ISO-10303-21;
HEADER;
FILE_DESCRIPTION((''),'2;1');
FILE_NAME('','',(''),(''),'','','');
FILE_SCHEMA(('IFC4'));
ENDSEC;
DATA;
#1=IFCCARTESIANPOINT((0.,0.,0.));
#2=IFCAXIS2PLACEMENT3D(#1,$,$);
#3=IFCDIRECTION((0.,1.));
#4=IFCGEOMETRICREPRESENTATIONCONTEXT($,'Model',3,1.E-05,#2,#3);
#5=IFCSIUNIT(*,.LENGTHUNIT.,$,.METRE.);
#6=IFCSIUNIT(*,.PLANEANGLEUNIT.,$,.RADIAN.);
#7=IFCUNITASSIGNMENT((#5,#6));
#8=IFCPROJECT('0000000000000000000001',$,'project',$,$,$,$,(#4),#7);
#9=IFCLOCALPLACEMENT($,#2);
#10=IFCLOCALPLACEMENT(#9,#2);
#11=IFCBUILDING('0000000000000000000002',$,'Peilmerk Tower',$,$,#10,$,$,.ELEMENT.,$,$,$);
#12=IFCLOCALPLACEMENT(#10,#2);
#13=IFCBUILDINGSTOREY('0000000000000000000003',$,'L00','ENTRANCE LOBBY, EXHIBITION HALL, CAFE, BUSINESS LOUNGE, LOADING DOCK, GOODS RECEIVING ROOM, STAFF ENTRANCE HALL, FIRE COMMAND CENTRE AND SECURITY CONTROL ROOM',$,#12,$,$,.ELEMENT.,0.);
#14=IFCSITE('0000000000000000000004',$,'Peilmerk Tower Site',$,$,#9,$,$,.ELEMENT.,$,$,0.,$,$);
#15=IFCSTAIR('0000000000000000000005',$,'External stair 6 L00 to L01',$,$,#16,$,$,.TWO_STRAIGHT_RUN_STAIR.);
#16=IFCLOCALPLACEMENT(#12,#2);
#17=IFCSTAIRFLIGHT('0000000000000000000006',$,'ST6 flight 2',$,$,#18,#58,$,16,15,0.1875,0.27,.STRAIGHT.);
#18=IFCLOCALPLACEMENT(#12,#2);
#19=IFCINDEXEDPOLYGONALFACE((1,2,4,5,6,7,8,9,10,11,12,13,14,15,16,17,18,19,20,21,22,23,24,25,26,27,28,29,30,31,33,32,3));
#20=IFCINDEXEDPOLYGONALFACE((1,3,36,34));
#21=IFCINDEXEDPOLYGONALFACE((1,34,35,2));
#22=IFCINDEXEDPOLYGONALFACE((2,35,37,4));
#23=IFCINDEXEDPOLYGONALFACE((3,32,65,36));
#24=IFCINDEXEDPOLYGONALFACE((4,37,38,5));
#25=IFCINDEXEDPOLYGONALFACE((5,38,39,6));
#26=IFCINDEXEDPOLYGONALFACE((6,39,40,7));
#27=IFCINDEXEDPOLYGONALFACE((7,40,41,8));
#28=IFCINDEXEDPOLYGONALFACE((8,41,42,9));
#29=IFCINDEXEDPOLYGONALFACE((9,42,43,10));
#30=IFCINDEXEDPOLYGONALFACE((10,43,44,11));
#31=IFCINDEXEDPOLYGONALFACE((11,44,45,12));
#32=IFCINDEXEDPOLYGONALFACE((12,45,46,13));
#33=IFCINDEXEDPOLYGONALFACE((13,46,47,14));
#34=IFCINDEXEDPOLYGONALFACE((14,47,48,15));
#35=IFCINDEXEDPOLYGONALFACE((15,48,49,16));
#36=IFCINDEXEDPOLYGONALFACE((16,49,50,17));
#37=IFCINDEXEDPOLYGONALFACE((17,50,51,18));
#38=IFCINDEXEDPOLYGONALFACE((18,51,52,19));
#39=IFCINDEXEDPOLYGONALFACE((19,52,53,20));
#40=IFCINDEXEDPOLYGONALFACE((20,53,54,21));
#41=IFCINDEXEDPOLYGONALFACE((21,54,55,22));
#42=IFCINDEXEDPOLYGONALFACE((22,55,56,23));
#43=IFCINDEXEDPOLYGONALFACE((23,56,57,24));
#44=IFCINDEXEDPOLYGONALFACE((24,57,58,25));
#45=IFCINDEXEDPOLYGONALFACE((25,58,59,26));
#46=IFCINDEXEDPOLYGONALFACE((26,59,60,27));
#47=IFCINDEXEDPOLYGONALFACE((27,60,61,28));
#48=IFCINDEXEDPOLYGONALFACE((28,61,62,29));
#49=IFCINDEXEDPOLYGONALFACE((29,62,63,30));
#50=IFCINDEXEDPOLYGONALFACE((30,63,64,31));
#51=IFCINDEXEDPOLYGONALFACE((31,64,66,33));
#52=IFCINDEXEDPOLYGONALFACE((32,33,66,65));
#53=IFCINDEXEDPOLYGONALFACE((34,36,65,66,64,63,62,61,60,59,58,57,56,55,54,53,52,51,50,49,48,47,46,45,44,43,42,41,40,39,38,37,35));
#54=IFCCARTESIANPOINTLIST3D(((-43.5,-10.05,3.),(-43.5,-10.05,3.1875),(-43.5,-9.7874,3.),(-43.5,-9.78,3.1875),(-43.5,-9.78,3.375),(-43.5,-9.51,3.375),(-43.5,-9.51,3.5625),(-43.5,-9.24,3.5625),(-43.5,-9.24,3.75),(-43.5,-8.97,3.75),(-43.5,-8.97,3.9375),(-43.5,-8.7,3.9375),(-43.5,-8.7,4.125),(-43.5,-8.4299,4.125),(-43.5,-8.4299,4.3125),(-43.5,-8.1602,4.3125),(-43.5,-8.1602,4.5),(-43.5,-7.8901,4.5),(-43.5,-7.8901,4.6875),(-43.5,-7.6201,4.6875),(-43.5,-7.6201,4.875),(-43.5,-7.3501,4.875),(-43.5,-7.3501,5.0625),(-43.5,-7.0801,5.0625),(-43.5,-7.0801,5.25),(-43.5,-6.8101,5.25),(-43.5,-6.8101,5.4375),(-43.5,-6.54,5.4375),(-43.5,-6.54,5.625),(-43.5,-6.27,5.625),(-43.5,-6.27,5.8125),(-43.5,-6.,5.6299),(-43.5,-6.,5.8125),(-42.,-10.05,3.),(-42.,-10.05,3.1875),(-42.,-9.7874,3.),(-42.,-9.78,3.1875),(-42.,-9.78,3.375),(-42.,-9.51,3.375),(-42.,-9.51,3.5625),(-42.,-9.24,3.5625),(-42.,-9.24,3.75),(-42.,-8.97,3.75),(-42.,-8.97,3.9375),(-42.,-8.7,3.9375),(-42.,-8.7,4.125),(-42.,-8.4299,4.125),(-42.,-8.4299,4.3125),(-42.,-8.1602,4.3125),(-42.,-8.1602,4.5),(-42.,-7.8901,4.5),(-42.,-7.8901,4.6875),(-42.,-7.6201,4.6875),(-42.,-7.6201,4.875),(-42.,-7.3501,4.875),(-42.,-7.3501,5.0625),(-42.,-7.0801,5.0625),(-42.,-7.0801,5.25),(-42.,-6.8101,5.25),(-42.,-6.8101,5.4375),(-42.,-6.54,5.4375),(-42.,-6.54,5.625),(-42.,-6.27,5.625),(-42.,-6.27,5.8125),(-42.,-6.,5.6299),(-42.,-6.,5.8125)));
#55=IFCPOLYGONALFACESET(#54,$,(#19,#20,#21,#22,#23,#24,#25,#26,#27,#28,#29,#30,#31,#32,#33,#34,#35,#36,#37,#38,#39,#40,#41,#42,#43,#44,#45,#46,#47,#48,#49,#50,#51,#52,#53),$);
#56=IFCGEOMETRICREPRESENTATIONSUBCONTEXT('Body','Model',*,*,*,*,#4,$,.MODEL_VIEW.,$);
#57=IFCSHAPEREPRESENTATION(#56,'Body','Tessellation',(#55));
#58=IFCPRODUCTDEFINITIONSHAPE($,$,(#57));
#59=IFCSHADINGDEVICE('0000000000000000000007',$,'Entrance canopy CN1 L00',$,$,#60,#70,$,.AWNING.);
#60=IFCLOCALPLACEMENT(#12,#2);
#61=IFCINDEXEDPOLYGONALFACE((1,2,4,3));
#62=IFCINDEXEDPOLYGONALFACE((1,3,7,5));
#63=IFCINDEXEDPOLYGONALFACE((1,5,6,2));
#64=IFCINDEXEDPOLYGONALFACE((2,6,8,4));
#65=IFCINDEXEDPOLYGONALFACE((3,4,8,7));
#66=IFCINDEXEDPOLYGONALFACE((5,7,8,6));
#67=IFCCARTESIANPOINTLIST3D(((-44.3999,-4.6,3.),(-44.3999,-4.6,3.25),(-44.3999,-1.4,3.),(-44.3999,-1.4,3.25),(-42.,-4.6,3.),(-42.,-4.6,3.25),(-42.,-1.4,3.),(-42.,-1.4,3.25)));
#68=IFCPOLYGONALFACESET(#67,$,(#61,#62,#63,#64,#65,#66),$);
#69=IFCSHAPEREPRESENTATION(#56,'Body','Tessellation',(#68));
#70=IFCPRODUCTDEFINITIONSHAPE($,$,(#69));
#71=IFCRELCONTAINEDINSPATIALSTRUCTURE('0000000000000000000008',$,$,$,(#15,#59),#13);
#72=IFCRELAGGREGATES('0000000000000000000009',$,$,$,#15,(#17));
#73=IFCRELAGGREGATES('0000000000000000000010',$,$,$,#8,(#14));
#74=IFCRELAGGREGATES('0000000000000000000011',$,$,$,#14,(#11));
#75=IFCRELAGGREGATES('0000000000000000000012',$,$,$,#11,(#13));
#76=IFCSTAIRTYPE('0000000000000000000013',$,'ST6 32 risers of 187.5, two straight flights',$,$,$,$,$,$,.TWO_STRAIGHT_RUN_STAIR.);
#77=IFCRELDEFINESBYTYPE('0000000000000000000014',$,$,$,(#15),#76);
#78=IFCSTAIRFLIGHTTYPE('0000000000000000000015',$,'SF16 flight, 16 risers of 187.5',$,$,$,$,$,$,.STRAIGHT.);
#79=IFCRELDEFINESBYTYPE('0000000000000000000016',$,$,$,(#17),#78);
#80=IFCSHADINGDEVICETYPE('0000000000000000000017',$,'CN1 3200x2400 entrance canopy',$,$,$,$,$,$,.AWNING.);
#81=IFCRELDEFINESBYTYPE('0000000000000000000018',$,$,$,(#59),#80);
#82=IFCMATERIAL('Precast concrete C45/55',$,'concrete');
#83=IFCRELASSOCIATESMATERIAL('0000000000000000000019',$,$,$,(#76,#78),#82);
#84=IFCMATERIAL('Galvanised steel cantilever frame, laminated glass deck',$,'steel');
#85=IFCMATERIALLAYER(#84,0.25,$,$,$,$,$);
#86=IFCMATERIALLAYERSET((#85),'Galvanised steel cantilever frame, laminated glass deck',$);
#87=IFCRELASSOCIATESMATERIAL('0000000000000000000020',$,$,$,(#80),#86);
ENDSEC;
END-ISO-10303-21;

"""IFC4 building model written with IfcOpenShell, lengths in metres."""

from ifc_helpers import new_model, si_unit, direction, frame, origin, origin_2d, place, context, subcontext, project, spatial, polyline, rectangle, outline, extrude, material, layer, layer_set, type_object, element, aggregate, save


model = new_model("IFC4")

# Units and contexts
model_context = context("Model", 3, precision=1e-05, world=origin(), true_north=direction((0.0, 1.0)))
body_context = subcontext(model_context, "Body", "Model", "MODEL_VIEW")
ifc_project = project(units=[si_unit("LENGTHUNIT", "METRE"), si_unit("PLANEANGLEUNIT", "RADIAN")], contexts=[model_context])

# Site, building, storey
site_placement = place(None, origin())
site = spatial("IfcSite", under=ifc_project, at=site_placement, Name="Peilmerk Tower Site", CompositionType="ELEMENT", RefElevation=0.0)
building_placement = place(site_placement, origin())
building = spatial("IfcBuilding", under=site, at=building_placement, Name="Peilmerk Tower", CompositionType="ELEMENT")
storey_placement = place(building_placement, origin())
storey = spatial("IfcBuildingStorey", under=building, at=storey_placement, Name="L00", Description="ENTRANCE LOBBY, EXHIBITION HALL, CAFE, BUSINESS LOUNGE, LOADING DOCK, GOODS RECEIVING ROOM, STAFF ENTRANCE HALL, FIRE COMMAND CENTRE AND SECURITY CONTROL ROOM", CompositionType="ELEMENT", Elevation=0.0)

# Stair, stair flight
ifc_material_1 = material(Name="Precast concrete C45/55", Category="concrete")
stair_type = type_object("IfcStairType", Name="ST6 32 risers of 187.5, two straight flights", PredefinedType="TWO_STRAIGHT_RUN_STAIR", material=ifc_material_1)
stair_placement = place(storey_placement, origin())
stair = element("IfcStair", 1, at=stair_placement, inside=storey, type_object=stair_type, Name="External stair 6 L00 to L01", PredefinedType="TWO_STRAIGHT_RUN_STAIR")
stair_flight_type = type_object("IfcStairFlightType", Name="SF16 flight, 16 risers of 187.5", PredefinedType="STRAIGHT", material=ifc_material_1)
stair_flight_placement = place(storey_placement, frame((-42.75, -10.05, 3.0), z_axis=(0.0, 0.0, 1.0), x_axis=(0.0, 1.0, 0.0)))
stair_flight = element("IfcStairFlight", 2, at=stair_flight_placement, type_object=stair_flight_type, Name="ST6 flight 2", NumberOfRisers=16, NumberOfTreads=15, PredefinedType="STRAIGHT", RiserHeight=0.1875, TreadLength=0.27, context=body_context, shape_type="SweptSolid", body=[
    extrude(outline(polyline([(0.0, 0.0), (0.0, 0.1875), (0.27, 0.1875), (0.27, 0.375), (0.54, 0.375), (0.54, 0.5625), (0.8101, 0.5625), (0.8101, 0.75), (1.0801, 0.75), (1.0801, 0.9375), (1.3501, 0.9375), (1.3501, 1.125), (1.6201, 1.125), (1.6201, 1.3125), (1.8899, 1.3125), (1.8899, 1.5), (2.1599, 1.5), (2.1599, 1.6875), (2.4299, 1.6875), (2.4299, 1.875), (2.7, 1.875), (2.7, 2.0625), (2.97, 2.0625), (2.97, 2.25), (3.24, 2.25), (3.24, 2.4375), (3.51, 2.4375), (3.51, 2.625), (3.78, 2.625), (3.78, 2.8125), (4.05, 2.8125), (4.05, 3.0), (4.05, 2.6299), (0.2627, 0.0), (0.0, 0.0)])), frame((0.0, 0.75, 0.0), z_axis=(0.0, -1.0, 0.0), x_axis=(1.0, 0.0, 0.0)), (0.0, 0.0, 1.0), 1.5),
])
aggregate(stair, [stair_flight])

# Shading device
ifc_material_2 = material(Name="Galvanised steel cantilever frame, laminated glass deck", Category="steel")
ifc_layer = layer(ifc_material_2, 0.25)
ifc_layer_set = layer_set([ifc_layer], Name="Galvanised steel cantilever frame, laminated glass deck")
shading_device_type = type_object("IfcShadingDeviceType", Name="CN1 3200x2400 entrance canopy", PredefinedType="AWNING", material=ifc_layer_set)
shading_device_placement = place(storey_placement, frame((-43.2, -3.0, 3.0), z_axis=(0.0, 0.0, 1.0), x_axis=(0.0, 1.0, 0.0)))
element("IfcShadingDevice", 3, at=shading_device_placement, inside=storey, type_object=shading_device_type, Name="Entrance canopy CN1 L00", PredefinedType="AWNING", context=body_context, shape_type="SweptSolid", body=[
    extrude(rectangle(XDim=3.2, YDim=2.3999, at=origin_2d()), origin(), (0.0, 0.0, 1.0), 0.25),
])

save(model, "model.ifc")
